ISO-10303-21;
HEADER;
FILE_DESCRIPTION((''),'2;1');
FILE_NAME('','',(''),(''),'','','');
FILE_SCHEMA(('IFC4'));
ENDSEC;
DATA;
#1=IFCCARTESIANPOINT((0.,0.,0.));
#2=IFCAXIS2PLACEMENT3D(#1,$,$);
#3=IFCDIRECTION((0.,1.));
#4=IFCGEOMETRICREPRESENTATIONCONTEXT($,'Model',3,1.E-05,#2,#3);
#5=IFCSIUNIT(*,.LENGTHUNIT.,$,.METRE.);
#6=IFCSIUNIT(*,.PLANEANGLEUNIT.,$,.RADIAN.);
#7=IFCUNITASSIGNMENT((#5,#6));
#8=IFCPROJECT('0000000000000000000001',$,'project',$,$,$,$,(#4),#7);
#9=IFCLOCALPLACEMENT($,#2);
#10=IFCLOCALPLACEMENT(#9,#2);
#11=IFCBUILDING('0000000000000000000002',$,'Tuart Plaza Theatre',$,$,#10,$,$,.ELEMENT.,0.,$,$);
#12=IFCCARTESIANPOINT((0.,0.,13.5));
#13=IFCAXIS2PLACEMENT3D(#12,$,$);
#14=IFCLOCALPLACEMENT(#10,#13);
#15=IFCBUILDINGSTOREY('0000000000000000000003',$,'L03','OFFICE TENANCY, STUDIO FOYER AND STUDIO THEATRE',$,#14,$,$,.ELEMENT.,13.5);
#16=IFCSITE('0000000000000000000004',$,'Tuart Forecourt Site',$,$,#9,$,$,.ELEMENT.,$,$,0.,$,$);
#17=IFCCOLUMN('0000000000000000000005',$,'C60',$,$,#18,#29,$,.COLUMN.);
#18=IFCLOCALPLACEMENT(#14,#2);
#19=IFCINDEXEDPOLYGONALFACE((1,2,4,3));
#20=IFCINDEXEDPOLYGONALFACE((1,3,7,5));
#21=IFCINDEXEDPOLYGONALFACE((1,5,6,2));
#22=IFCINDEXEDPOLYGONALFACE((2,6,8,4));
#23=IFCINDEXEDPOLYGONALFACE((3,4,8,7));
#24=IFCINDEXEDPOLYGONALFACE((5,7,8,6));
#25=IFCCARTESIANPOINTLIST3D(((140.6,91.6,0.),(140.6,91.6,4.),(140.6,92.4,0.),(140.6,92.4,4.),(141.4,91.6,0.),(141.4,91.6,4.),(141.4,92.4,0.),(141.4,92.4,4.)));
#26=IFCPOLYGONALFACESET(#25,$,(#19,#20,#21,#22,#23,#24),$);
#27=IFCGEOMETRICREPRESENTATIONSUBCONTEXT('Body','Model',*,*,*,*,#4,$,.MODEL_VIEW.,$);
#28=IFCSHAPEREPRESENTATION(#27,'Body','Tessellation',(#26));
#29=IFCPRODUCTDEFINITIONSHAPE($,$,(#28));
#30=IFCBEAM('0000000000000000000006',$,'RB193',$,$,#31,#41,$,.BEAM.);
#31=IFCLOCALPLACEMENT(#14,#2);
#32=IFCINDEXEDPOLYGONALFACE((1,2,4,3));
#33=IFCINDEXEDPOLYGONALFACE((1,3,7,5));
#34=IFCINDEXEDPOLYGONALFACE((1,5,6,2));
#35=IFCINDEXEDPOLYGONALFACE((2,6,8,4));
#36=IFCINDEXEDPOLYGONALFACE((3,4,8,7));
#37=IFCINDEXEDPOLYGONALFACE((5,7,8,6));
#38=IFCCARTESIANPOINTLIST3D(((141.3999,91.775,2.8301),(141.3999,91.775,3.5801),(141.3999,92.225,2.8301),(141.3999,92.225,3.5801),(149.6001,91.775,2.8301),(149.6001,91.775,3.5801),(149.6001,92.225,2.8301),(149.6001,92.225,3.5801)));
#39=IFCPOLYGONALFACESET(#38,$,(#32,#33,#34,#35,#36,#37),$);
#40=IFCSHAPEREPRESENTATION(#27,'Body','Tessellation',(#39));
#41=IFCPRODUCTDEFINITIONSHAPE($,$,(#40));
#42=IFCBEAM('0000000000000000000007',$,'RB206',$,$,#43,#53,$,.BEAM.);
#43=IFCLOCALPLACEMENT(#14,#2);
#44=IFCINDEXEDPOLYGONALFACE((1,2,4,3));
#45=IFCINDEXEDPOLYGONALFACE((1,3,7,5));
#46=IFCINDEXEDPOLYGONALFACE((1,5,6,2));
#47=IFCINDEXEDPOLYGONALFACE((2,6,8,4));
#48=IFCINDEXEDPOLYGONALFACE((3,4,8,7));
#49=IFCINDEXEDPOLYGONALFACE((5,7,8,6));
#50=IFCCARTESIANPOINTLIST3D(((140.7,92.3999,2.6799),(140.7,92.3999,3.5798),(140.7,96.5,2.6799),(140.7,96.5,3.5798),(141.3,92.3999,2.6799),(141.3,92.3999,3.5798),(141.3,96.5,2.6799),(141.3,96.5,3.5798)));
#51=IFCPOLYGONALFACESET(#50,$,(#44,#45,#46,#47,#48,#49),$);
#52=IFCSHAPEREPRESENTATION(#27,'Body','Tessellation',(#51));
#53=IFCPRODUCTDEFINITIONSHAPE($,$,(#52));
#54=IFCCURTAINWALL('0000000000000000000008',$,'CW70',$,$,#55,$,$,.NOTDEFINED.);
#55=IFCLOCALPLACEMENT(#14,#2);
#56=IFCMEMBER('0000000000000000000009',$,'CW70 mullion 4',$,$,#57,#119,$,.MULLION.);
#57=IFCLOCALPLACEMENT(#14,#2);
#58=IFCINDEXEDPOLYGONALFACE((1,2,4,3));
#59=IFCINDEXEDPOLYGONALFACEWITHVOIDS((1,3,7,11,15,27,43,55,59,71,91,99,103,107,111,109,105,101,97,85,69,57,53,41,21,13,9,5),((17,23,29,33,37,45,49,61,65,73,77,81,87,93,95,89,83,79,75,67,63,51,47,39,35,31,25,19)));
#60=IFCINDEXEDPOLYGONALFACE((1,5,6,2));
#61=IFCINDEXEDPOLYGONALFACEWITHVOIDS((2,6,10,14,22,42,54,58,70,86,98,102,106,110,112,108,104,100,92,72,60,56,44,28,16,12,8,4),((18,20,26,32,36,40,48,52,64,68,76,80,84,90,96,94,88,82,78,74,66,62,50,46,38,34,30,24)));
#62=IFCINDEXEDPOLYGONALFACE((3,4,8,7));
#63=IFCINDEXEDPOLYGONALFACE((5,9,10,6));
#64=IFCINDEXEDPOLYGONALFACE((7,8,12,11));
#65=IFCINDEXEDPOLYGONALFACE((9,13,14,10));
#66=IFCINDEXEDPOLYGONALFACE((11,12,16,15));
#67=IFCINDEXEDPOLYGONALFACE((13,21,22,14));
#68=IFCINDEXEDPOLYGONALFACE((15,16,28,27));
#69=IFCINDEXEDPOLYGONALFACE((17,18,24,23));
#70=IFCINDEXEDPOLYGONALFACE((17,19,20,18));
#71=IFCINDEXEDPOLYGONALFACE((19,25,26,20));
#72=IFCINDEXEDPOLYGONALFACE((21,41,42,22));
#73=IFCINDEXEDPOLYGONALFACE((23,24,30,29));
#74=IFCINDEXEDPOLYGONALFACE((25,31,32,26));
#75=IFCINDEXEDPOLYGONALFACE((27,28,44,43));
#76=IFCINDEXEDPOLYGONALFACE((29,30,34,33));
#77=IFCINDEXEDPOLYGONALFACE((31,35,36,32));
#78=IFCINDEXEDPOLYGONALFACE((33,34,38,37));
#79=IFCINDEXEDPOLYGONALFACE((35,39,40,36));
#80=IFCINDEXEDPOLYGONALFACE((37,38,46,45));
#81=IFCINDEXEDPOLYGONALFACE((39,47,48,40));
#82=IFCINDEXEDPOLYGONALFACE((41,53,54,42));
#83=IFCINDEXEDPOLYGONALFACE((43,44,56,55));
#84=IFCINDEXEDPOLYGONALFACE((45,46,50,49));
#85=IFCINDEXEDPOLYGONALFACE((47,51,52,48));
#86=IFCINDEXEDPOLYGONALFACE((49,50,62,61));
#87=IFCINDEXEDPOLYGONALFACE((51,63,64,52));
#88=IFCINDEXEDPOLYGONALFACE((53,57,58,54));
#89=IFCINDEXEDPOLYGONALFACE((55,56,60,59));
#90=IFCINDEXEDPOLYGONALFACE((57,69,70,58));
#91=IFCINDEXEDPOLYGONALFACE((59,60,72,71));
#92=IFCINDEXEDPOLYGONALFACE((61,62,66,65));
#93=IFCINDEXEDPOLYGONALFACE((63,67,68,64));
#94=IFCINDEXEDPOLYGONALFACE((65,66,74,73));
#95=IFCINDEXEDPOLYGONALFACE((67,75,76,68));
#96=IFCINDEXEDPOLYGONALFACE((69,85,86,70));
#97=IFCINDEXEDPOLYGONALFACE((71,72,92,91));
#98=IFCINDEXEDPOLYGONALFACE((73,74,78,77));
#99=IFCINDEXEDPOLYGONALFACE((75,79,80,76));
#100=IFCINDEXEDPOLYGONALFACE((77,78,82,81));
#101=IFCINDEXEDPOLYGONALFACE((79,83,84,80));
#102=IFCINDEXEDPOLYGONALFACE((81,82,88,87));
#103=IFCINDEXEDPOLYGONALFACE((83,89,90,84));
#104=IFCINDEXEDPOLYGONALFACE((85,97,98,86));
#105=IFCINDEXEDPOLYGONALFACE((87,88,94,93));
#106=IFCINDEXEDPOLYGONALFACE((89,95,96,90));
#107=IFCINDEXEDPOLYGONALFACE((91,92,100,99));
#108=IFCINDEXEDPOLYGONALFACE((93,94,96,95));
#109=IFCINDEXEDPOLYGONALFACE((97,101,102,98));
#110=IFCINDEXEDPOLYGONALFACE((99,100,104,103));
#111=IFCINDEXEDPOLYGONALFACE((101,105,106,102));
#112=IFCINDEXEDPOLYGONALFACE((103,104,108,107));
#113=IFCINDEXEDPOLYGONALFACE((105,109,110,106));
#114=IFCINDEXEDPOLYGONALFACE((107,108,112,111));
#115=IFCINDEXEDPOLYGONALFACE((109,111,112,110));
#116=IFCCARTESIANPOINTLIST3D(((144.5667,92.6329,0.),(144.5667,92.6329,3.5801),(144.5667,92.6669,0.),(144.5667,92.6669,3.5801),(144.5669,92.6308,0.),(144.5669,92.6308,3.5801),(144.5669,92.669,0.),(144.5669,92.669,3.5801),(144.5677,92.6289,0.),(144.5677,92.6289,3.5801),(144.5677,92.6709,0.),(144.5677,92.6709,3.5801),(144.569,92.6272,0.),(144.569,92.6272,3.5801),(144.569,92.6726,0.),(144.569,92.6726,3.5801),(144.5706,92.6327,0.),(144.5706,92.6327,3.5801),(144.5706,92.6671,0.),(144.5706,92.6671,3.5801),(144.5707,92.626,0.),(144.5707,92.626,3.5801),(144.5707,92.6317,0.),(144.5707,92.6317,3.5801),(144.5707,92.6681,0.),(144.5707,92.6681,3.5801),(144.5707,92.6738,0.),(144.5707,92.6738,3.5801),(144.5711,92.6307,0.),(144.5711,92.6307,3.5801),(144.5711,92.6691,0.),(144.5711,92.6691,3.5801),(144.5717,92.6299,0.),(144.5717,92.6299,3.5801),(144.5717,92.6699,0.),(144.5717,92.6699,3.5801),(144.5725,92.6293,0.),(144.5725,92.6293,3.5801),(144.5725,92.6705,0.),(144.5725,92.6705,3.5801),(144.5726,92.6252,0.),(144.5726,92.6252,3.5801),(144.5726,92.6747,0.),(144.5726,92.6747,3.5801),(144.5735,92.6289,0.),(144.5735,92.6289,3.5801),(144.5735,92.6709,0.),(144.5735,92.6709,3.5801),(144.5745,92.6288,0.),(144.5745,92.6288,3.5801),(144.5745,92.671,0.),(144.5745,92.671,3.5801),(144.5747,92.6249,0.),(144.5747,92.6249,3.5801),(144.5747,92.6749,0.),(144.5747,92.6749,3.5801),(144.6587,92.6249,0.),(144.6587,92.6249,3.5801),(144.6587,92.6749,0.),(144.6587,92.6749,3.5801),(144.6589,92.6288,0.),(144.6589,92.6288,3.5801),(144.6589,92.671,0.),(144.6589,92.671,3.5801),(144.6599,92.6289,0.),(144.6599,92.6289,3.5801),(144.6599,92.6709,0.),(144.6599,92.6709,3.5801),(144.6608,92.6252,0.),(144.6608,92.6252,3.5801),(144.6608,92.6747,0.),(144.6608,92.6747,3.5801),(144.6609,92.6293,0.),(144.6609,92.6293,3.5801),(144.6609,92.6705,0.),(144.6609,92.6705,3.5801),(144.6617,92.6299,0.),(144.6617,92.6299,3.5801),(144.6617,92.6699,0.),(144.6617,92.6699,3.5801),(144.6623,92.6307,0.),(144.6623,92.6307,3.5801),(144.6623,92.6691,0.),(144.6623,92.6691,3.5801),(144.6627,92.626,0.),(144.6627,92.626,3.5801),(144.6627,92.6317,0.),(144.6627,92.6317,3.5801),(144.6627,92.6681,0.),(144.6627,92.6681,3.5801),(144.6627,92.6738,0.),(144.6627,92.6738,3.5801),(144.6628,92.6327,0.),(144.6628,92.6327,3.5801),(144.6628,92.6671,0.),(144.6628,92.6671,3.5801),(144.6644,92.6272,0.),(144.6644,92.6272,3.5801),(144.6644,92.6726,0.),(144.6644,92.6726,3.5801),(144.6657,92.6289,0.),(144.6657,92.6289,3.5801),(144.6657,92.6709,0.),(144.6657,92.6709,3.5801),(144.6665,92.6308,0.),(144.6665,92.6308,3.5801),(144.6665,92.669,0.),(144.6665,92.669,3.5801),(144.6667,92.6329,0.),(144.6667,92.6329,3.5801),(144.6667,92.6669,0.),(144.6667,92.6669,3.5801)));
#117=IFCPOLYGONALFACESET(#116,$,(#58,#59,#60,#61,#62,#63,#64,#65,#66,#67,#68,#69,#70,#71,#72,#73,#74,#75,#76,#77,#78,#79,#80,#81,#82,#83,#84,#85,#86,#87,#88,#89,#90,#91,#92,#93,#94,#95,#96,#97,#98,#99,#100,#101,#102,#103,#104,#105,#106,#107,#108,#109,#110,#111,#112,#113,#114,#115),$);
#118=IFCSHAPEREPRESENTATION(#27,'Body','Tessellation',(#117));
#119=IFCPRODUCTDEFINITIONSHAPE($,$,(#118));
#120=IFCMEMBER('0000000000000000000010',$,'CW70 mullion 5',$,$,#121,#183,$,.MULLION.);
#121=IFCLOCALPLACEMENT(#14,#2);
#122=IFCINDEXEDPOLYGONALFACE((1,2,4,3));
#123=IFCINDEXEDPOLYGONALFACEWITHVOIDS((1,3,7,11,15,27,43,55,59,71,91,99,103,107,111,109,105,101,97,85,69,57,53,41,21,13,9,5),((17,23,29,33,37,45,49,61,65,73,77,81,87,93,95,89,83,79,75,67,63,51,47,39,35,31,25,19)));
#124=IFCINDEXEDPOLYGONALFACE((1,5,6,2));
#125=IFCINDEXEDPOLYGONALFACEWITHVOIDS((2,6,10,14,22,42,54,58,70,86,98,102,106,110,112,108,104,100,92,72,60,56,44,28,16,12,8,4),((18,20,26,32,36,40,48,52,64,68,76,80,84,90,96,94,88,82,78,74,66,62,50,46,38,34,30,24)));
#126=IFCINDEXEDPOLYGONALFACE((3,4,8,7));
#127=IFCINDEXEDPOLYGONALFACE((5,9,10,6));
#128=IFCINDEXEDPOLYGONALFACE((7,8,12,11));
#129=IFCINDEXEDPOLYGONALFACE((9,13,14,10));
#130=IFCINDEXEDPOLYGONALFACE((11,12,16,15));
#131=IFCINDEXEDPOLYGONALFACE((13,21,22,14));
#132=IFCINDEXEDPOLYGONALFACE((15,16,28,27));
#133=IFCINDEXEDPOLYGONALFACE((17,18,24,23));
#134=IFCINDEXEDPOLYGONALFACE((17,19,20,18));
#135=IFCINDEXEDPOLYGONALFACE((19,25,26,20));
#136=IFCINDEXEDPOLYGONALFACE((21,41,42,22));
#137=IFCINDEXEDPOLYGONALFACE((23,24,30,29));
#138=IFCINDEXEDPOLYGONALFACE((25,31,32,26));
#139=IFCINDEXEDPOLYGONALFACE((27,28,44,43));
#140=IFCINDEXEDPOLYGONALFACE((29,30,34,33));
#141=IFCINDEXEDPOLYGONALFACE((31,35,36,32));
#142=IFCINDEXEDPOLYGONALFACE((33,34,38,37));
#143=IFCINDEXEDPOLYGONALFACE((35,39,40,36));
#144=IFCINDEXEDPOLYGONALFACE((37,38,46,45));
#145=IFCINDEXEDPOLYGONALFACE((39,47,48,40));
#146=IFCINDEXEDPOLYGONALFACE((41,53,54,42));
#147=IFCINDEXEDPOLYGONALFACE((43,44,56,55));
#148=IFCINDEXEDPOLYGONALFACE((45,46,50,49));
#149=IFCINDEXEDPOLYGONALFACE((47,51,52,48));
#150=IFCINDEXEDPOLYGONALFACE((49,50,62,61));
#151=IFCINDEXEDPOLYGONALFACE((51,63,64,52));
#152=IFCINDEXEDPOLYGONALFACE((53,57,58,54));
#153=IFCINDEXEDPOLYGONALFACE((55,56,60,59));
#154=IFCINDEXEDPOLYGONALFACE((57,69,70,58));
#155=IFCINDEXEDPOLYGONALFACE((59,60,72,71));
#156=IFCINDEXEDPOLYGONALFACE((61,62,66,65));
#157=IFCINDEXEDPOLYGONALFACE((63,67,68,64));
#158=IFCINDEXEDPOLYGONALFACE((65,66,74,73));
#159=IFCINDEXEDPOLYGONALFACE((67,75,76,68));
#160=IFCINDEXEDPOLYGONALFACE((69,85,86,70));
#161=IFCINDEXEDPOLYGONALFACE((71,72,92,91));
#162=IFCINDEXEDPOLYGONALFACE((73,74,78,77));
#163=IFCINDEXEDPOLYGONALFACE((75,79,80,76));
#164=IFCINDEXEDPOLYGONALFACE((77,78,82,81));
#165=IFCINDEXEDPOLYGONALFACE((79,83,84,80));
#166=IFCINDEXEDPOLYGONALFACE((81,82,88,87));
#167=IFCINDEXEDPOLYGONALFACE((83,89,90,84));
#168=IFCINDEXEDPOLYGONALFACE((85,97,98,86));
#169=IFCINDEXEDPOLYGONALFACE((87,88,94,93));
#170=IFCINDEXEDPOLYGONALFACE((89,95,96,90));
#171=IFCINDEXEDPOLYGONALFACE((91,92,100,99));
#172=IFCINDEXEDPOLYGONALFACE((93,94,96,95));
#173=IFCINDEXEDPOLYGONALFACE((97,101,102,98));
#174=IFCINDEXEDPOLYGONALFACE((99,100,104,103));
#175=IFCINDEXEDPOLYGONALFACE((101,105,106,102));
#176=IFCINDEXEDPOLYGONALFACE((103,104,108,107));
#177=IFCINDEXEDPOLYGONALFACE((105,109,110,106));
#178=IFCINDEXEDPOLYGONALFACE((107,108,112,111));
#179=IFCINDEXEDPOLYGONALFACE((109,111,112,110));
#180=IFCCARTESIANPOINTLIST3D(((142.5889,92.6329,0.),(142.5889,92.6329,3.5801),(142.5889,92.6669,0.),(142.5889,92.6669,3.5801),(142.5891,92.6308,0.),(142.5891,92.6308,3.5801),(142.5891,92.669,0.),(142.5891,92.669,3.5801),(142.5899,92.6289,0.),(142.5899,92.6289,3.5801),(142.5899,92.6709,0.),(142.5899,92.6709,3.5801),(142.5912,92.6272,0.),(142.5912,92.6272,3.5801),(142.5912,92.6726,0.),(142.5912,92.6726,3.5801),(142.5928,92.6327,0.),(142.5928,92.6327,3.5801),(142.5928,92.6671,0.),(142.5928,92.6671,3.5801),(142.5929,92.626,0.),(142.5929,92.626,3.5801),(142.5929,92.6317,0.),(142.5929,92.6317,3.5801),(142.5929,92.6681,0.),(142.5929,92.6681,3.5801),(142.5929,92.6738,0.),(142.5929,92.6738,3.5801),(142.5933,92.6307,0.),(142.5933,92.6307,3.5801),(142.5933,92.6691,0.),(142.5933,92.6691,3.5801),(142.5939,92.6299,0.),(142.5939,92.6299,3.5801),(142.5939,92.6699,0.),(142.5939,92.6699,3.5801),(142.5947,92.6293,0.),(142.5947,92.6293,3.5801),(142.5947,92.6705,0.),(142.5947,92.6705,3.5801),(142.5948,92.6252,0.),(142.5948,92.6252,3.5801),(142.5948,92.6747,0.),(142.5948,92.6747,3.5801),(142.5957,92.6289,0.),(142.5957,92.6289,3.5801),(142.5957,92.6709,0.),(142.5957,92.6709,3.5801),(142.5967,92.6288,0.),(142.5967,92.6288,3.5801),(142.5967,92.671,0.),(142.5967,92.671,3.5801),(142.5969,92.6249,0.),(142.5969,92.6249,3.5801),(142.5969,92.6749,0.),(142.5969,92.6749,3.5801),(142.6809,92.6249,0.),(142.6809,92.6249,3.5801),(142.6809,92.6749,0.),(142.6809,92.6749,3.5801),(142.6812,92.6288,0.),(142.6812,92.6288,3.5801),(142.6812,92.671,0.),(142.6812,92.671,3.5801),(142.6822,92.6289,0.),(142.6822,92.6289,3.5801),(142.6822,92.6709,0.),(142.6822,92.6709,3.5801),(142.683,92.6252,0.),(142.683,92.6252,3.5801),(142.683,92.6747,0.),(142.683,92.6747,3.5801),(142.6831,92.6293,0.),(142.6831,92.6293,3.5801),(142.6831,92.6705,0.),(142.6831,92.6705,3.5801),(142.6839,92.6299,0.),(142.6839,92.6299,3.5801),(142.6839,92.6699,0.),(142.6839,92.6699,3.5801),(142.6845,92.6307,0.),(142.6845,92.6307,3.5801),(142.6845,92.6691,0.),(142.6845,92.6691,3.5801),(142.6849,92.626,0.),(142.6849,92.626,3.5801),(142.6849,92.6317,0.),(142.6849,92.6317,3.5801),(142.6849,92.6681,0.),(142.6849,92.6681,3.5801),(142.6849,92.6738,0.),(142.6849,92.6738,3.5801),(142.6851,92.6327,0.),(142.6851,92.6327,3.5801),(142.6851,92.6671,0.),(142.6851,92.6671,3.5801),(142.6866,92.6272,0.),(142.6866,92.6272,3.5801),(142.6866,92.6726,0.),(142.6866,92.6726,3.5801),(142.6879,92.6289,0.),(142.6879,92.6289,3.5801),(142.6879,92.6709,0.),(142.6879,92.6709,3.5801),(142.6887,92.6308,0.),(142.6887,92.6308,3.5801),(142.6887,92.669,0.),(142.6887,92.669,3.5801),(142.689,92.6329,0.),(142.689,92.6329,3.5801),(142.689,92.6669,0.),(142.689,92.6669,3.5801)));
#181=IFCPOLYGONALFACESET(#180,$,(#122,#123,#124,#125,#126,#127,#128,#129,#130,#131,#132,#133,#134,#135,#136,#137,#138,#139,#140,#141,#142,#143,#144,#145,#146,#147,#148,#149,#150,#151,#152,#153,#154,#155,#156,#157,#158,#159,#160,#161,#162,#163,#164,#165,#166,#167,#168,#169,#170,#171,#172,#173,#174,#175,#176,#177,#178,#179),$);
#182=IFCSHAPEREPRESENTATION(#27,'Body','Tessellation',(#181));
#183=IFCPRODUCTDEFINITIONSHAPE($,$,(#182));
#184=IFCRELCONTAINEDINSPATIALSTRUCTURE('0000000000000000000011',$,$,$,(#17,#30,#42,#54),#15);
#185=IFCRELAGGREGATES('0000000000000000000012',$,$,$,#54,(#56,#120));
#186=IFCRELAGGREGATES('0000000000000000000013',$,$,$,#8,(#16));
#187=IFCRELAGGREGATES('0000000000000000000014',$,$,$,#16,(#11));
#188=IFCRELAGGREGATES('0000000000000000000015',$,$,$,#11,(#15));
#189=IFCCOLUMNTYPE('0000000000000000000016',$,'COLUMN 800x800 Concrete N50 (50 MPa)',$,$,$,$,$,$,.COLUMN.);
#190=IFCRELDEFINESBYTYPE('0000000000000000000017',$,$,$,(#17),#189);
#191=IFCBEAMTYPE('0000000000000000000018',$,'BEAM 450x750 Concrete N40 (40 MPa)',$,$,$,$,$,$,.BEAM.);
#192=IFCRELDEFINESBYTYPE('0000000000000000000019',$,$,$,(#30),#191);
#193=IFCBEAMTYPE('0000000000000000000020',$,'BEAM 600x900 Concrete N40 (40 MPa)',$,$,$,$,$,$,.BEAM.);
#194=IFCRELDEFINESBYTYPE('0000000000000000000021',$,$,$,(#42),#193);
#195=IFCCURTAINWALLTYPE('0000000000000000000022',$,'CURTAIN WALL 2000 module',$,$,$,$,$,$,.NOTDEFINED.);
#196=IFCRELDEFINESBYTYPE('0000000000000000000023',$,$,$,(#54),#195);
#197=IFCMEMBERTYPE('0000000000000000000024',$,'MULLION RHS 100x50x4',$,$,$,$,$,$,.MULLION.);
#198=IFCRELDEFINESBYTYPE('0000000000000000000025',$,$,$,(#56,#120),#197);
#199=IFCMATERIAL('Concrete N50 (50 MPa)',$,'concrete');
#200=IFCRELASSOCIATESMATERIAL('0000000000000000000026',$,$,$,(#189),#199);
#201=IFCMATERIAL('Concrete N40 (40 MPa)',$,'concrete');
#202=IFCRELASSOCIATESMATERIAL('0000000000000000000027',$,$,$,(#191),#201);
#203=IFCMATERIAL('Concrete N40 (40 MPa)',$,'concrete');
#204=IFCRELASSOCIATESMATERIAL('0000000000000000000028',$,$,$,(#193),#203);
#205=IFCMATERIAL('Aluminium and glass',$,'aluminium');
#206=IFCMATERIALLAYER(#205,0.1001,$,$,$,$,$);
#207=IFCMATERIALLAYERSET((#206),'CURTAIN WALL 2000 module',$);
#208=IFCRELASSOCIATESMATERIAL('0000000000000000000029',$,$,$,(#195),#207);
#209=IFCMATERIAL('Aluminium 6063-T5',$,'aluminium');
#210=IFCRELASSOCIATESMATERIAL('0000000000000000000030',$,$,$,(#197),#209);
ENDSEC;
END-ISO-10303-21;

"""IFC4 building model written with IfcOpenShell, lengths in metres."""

from ifc_helpers import new_model, si_unit, direction, frame, origin, origin_2d, place, context, subcontext, project, spatial, rectangle, hollow_rectangle, extrude, material, layer, layer_set, material_profile, profile_set, type_object, element, aggregate, save


model = new_model("IFC4")

# Units and contexts
model_context = context("Model", 3, precision=1e-05, world=origin(), true_north=direction((0.0, 1.0)))
body_context = subcontext(model_context, "Body", "Model", "MODEL_VIEW")
ifc_project = project(units=[si_unit("LENGTHUNIT", "METRE"), si_unit("PLANEANGLEUNIT", "RADIAN")], contexts=[model_context])

# Site, building, storey
site_placement = place(None, origin())
site = spatial("IfcSite", under=ifc_project, at=site_placement, Name="Tuart Forecourt Site", CompositionType="ELEMENT", RefElevation=0.0)
building_placement = place(site_placement, origin())
building = spatial("IfcBuilding", under=site, at=building_placement, Name="Tuart Plaza Theatre", CompositionType="ELEMENT", ElevationOfRefHeight=0.0)
storey_placement = place(building_placement, frame((0.0, 0.0, 13.5)))
storey = spatial("IfcBuildingStorey", under=building, at=storey_placement, Name="L03", Description="OFFICE TENANCY, STUDIO FOYER AND STUDIO THEATRE", CompositionType="ELEMENT", Elevation=13.5)

# Column
ifc_material_1 = material(Name="Concrete N50 (50 MPa)", Category="concrete")
ifc_material_profile_1 = material_profile(ifc_material_1, rectangle(XDim=0.8, YDim=0.8, at=origin_2d()), Name="COLUMN 800x800 Concrete N50 (50 MPa)")
ifc_profile_set_1 = profile_set([ifc_material_profile_1], Name="Concrete N50 (50 MPa)")
column_type = type_object("IfcColumnType", Name="COLUMN 800x800 Concrete N50 (50 MPa)", PredefinedType="COLUMN", material=ifc_profile_set_1)
column_placement = place(storey_placement, frame((141.0, 92.0, 0.0), z_axis=(0.0, 0.0, 1.0), x_axis=(1.0, 0.0, 0.0)))
element("IfcColumn", 1, at=column_placement, inside=storey, type_object=column_type, Name="C60", PredefinedType="COLUMN", context=body_context, shape_type="SweptSolid", body=[
    extrude(rectangle(XDim=0.8, YDim=0.8, at=origin_2d()), origin(), (0.0, 0.0, 1.0), 4.0),
])

# Beams
ifc_material_2 = material(Name="Concrete N40 (40 MPa)", Category="concrete")
ifc_material_profile_2 = material_profile(ifc_material_2, rectangle(XDim=0.45, YDim=0.75, at=origin_2d()), Name="BEAM 450x750 Concrete N40 (40 MPa)")
ifc_profile_set_2 = profile_set([ifc_material_profile_2], Name="Concrete N40 (40 MPa)")
beam_type_1 = type_object("IfcBeamType", Name="BEAM 450x750 Concrete N40 (40 MPa)", PredefinedType="BEAM", material=ifc_profile_set_2)
beam_1_placement = place(storey_placement, frame((141.3999, 92.0, 3.2051), z_axis=(1.0, 0.0, 0.0), x_axis=(0.0, 1.0, 0.0)))
element("IfcBeam", 2, at=beam_1_placement, inside=storey, type_object=beam_type_1, Name="RB193", PredefinedType="BEAM", context=body_context, shape_type="SweptSolid", body=[
    extrude(rectangle(XDim=0.45, YDim=0.75, at=origin_2d()), origin(), (0.0, 0.0, 1.0), 8.2002),
])
ifc_material_3 = material(Name="Concrete N40 (40 MPa)", Category="concrete")
ifc_material_profile_3 = material_profile(ifc_material_3, rectangle(XDim=0.6001, YDim=0.8999, at=origin_2d()), Name="BEAM 600x900 Concrete N40 (40 MPa)")
ifc_profile_set_3 = profile_set([ifc_material_profile_3], Name="Concrete N40 (40 MPa)")
beam_type_2 = type_object("IfcBeamType", Name="BEAM 600x900 Concrete N40 (40 MPa)", PredefinedType="BEAM", material=ifc_profile_set_3)
beam_2_placement = place(storey_placement, frame((141.0, 92.3999, 3.1299), z_axis=(0.0, 1.0, 0.0), x_axis=(-1.0, 0.0, 0.0)))
element("IfcBeam", 3, at=beam_2_placement, inside=storey, type_object=beam_type_2, Name="RB206", PredefinedType="BEAM", context=body_context, shape_type="SweptSolid", body=[
    extrude(rectangle(XDim=0.6001, YDim=0.8999, at=origin_2d()), origin(), (0.0, 0.0, 1.0), 4.1001),
])

# Curtain wall, members
ifc_material_4 = material(Name="Aluminium and glass", Category="aluminium")
ifc_layer_1 = layer(ifc_material_4, 0.1001)
ifc_layer_set_1 = layer_set([ifc_layer_1], Name="CURTAIN WALL 2000 module")
curtain_wall_type = type_object("IfcCurtainWallType", Name="CURTAIN WALL 2000 module", PredefinedType="NOTDEFINED", material=ifc_layer_set_1)
curtain_wall_placement = place(storey_placement, origin())
curtain_wall = element("IfcCurtainWall", 4, at=curtain_wall_placement, inside=storey, type_object=curtain_wall_type, Name="CW70", PredefinedType="NOTDEFINED")
ifc_material_5 = material(Name="Aluminium 6063-T5", Category="aluminium")
ifc_material_profile_4 = material_profile(ifc_material_5, hollow_rectangle(XDim=0.05, YDim=0.1001, WallThickness=0.0039, InnerFilletRadius=0.0039, OuterFilletRadius=0.0081, at=origin_2d()), Name="RHS 100x50x4")
ifc_profile_set_4 = profile_set([ifc_material_profile_4], Name="Aluminium 6063-T5")
member_type_1 = type_object("IfcMemberType", Name="MULLION RHS 100x50x4", PredefinedType="MULLION", material=ifc_profile_set_4)
member_1_placement = place(storey_placement, frame((144.6167, 92.6499, 0.0), z_axis=(0.0, 0.0, 1.0), x_axis=(0.0, -1.0, 0.0)))
member_1 = element("IfcMember", 5, at=member_1_placement, type_object=member_type_1, Name="CW70 mullion 4", PredefinedType="MULLION", context=body_context, shape_type="SweptSolid", body=[
    extrude(hollow_rectangle(XDim=0.05, YDim=0.1001, WallThickness=0.0039, InnerFilletRadius=0.0039, OuterFilletRadius=0.0081, at=origin_2d()), origin(), (0.0, 0.0, 1.0), 3.5801),
])
member_2_placement = place(storey_placement, frame((142.6389, 92.6499, 0.0), z_axis=(0.0, 0.0, 1.0), x_axis=(0.0, -1.0, 0.0)))
member_2 = element("IfcMember", 6, at=member_2_placement, type_object=member_type_1, Name="CW70 mullion 5", PredefinedType="MULLION", context=body_context, shape_type="SweptSolid", body=[
    extrude(hollow_rectangle(XDim=0.05, YDim=0.1001, WallThickness=0.0039, InnerFilletRadius=0.0039, OuterFilletRadius=0.0081, at=origin_2d()), origin(), (0.0, 0.0, 1.0), 3.5801),
])
aggregate(curtain_wall, [member_1, member_2])

save(model, "model.ifc")
